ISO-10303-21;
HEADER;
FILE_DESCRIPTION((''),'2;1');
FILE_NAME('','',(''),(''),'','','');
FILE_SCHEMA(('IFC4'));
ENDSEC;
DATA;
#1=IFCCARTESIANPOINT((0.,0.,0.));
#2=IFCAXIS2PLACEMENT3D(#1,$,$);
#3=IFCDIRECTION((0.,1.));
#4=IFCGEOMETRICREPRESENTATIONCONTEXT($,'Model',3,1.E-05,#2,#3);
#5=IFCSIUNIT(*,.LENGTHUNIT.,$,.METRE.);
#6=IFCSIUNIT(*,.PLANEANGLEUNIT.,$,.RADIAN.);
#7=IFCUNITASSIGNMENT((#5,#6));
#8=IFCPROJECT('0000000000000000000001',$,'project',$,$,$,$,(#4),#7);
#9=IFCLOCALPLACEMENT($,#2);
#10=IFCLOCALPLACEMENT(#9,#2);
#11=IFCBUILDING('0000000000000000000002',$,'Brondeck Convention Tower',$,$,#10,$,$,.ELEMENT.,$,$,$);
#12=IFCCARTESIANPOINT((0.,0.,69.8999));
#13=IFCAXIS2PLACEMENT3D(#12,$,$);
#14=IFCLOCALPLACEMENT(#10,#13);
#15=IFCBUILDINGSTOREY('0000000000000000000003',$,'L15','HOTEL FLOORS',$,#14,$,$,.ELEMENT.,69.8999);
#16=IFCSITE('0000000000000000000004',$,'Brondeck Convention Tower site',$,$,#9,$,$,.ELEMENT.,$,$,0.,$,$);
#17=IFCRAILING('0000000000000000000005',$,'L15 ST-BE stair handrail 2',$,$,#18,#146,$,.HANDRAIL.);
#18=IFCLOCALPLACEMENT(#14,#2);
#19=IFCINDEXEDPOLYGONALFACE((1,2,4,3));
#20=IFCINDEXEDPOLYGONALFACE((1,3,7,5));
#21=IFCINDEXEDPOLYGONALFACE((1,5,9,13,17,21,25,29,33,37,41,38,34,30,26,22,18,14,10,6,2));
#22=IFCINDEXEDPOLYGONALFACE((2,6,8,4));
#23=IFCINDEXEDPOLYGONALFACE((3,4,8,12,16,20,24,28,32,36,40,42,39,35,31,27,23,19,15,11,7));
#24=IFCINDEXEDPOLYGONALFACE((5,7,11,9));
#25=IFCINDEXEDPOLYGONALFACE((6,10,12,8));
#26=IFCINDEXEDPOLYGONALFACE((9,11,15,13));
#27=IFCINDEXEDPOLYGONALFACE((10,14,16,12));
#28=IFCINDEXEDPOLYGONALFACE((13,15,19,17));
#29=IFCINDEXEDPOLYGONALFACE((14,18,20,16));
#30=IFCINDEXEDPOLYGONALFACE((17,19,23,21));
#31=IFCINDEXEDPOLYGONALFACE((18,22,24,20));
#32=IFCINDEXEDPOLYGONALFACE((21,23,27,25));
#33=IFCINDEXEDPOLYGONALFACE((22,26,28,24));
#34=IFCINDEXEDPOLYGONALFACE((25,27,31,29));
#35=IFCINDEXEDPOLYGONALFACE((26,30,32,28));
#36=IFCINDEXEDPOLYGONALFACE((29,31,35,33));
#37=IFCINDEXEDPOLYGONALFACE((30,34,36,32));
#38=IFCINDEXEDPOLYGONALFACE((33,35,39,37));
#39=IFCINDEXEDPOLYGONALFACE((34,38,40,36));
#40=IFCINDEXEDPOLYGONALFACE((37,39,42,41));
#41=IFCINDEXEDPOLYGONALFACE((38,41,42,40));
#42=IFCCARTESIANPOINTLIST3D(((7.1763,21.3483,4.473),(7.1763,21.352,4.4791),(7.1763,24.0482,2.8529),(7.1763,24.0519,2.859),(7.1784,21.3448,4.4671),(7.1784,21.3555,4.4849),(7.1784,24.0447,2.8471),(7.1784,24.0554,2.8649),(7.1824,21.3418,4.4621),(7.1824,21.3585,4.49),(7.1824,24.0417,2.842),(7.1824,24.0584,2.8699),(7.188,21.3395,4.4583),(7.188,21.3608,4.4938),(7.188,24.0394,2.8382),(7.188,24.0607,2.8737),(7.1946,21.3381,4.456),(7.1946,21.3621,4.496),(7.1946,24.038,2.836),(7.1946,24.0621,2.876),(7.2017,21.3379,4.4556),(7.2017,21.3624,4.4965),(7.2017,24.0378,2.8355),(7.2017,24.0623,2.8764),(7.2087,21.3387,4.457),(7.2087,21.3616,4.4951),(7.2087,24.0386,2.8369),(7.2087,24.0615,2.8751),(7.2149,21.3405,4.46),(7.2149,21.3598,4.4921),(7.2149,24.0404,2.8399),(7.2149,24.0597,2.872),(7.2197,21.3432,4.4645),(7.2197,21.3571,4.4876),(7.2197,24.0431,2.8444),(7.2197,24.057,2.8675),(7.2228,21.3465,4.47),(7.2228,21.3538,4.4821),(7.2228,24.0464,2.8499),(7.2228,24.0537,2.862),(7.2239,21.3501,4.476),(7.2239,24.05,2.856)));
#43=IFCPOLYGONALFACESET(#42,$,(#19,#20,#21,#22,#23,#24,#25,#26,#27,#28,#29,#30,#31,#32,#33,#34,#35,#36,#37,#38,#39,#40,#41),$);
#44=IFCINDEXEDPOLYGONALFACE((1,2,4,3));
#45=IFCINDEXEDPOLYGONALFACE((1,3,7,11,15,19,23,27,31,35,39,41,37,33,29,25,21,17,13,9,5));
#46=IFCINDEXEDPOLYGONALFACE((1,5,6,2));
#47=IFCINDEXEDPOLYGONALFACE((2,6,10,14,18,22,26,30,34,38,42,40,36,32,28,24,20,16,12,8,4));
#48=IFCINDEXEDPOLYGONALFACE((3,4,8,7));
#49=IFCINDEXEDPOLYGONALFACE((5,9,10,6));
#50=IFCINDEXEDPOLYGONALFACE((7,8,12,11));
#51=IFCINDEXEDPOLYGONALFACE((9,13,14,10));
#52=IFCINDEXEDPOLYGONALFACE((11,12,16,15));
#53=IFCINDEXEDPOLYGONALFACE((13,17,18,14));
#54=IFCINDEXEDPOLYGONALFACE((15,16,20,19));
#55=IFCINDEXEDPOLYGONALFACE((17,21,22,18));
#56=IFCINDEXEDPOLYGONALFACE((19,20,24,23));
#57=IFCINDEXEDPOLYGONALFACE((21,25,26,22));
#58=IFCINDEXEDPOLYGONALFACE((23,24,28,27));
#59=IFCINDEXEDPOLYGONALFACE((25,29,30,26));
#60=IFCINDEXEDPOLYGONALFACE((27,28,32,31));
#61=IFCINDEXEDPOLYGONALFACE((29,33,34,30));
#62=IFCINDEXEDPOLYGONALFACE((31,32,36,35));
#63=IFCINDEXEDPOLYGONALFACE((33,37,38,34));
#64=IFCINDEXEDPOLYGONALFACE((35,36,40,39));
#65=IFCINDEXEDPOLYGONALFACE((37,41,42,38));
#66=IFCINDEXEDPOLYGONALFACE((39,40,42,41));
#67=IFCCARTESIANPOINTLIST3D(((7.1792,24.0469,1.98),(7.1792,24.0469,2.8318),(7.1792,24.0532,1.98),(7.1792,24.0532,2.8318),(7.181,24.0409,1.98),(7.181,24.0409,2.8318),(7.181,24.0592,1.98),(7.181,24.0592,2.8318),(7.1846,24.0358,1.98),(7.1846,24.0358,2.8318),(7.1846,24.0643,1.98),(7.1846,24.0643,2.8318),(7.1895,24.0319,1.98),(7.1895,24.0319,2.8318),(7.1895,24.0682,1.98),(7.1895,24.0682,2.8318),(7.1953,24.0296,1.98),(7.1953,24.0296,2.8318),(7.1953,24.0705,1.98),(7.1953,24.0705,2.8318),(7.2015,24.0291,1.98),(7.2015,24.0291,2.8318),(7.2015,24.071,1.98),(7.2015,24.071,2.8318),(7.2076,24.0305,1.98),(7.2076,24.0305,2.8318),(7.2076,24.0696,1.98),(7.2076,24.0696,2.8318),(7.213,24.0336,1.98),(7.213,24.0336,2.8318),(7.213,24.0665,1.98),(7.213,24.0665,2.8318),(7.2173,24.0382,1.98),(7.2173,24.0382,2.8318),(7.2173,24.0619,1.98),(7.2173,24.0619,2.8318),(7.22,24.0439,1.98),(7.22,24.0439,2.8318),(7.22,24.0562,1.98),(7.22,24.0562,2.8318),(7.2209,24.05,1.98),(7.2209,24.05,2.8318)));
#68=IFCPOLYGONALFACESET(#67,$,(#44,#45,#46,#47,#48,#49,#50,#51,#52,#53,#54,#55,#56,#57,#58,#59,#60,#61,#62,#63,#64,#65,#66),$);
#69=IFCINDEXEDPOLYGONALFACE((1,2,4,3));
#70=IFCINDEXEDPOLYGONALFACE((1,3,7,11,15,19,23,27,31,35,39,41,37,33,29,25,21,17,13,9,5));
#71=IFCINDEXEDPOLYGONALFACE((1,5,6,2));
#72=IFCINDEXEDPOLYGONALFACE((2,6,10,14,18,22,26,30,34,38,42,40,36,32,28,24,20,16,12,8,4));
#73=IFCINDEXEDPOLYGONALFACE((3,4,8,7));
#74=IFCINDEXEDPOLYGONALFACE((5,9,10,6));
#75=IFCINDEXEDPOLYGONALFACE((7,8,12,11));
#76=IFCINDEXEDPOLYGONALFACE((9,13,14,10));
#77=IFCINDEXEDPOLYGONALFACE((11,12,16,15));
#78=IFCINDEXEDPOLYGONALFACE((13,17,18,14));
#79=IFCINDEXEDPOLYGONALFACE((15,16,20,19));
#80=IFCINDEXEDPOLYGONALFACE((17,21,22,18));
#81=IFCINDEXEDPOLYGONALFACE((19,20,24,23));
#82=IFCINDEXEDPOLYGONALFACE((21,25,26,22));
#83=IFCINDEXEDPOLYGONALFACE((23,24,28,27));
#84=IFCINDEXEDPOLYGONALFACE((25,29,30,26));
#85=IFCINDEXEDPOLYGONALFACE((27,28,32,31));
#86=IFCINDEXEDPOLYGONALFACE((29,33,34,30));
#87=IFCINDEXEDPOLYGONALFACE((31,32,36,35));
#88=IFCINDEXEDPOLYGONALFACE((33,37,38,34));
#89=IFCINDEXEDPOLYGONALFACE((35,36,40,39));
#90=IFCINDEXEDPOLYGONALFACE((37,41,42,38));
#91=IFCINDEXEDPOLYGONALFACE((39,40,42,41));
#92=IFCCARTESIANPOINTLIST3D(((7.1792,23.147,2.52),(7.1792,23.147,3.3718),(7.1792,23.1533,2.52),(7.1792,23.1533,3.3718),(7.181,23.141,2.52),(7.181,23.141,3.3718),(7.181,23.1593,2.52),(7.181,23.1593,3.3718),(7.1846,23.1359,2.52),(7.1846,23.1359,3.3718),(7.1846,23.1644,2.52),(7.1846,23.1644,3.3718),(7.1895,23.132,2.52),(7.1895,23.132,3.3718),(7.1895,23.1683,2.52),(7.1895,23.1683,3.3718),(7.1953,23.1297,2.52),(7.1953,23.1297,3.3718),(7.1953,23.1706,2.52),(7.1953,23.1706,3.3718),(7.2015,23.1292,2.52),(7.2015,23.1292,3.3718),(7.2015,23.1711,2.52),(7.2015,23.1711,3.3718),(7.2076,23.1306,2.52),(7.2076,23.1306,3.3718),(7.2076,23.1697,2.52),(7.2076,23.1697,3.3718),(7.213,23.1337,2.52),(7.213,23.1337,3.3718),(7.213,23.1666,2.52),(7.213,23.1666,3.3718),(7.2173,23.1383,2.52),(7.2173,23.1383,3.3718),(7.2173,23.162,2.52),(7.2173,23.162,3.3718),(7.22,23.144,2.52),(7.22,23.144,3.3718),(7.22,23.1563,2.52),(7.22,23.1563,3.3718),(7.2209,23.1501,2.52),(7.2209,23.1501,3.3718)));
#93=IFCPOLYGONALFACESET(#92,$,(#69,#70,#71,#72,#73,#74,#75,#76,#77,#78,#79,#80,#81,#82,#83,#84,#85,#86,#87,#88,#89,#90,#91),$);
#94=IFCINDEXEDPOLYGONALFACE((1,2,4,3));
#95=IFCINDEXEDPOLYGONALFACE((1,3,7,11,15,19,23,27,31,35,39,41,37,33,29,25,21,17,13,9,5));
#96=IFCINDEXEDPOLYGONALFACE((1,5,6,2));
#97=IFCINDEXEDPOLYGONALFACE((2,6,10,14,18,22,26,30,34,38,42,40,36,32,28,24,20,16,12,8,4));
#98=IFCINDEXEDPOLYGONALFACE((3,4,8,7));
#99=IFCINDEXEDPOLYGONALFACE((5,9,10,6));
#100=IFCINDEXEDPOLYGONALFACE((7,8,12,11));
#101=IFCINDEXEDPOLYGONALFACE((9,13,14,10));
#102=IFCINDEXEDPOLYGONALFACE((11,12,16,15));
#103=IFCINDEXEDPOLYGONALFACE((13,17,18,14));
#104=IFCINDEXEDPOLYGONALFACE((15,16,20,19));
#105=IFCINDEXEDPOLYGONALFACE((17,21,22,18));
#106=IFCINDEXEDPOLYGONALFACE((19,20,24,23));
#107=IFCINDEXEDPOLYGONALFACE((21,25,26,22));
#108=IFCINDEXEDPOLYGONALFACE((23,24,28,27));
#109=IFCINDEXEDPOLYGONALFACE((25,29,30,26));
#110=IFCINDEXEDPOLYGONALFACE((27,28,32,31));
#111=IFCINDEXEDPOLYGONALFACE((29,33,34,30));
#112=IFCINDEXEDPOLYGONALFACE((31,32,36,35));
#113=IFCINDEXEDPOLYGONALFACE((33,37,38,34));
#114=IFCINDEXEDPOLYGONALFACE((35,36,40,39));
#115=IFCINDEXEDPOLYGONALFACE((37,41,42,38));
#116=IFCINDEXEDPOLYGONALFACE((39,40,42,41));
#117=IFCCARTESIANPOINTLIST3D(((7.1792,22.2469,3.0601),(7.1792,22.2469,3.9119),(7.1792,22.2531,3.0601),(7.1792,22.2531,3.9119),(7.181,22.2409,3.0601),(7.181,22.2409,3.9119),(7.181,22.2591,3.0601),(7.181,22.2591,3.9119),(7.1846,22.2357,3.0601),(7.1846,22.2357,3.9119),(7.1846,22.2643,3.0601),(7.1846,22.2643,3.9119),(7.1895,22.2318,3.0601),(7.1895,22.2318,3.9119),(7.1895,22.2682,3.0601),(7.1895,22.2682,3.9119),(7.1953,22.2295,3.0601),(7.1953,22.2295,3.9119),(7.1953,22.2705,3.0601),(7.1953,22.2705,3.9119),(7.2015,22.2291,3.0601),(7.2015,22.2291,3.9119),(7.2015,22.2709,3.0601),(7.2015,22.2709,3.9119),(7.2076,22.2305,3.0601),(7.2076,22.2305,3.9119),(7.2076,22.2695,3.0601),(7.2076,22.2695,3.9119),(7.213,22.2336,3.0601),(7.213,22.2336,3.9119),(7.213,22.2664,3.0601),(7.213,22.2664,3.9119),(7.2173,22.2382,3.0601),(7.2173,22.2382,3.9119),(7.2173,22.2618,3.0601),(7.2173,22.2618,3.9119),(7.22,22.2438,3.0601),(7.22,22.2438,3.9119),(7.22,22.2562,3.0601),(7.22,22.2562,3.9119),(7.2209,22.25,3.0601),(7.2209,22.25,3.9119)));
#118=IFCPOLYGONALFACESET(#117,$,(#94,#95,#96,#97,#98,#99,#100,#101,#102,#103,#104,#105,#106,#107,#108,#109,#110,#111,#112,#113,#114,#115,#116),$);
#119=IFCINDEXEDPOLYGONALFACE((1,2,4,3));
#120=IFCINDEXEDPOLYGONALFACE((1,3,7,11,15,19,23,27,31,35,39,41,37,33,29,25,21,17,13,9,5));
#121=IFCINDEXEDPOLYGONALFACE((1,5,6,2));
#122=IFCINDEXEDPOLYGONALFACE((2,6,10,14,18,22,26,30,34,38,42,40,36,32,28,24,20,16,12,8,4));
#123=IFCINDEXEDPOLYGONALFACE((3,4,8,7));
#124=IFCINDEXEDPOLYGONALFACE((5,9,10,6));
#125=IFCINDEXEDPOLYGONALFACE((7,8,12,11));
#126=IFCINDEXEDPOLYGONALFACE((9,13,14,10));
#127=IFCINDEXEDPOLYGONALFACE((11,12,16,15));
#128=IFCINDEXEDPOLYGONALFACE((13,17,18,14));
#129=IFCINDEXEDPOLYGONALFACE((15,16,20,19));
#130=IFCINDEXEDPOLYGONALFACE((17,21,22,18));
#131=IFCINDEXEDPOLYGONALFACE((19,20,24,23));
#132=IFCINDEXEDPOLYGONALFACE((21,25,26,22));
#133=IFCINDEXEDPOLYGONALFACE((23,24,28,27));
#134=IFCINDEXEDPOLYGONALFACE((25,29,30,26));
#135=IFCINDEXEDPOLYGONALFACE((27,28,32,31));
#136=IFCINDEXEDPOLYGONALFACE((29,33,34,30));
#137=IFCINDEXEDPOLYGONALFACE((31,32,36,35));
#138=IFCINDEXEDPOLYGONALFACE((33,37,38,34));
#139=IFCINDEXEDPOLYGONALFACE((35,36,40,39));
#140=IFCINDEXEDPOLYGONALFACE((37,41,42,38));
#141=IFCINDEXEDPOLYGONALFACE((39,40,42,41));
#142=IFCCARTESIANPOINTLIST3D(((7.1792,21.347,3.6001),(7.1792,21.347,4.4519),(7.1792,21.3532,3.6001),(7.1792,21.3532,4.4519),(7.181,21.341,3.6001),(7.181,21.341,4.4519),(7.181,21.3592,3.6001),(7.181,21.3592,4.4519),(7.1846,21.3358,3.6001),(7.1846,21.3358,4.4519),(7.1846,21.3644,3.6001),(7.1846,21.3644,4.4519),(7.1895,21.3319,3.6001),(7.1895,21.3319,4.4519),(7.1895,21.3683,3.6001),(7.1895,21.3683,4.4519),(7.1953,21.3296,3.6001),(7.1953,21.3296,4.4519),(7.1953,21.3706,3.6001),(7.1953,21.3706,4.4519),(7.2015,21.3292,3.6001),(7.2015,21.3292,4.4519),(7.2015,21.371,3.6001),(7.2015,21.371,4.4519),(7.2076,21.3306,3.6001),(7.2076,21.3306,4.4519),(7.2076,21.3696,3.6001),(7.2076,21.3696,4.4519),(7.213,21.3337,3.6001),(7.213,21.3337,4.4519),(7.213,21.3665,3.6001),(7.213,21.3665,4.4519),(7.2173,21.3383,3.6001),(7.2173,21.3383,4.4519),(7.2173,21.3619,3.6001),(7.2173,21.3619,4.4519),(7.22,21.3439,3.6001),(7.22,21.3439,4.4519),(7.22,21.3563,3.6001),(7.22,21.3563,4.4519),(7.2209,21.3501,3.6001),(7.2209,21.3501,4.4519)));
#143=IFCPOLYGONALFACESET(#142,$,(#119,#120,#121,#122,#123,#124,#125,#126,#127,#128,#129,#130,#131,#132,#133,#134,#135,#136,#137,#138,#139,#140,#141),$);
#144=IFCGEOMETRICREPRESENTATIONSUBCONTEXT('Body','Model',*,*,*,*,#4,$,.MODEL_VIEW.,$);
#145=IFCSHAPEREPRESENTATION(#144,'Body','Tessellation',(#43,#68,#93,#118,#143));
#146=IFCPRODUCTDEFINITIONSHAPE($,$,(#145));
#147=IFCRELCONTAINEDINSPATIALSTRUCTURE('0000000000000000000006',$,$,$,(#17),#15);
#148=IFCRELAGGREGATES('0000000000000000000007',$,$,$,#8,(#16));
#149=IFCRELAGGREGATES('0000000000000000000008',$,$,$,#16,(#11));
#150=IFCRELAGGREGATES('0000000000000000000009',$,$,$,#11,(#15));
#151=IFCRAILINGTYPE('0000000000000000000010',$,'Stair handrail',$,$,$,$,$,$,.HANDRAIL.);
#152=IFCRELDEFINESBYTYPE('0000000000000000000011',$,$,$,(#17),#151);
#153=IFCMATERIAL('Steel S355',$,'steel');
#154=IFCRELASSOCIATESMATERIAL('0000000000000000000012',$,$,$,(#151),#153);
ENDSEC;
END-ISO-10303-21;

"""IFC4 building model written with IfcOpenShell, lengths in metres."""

from ifc_helpers import new_model, si_unit, direction, frame, origin, origin_2d, place, context, subcontext, project, spatial, circle, extrude, material, type_object, element, save


model = new_model("IFC4")

# Units and contexts
model_context = context("Model", 3, precision=1e-05, world=origin(), true_north=direction((0.0, 1.0)))
body_context = subcontext(model_context, "Body", "Model", "MODEL_VIEW")
ifc_project = project(units=[si_unit("LENGTHUNIT", "METRE"), si_unit("PLANEANGLEUNIT", "RADIAN")], contexts=[model_context])

# Site, building, storey
site_placement = place(None, origin())
site = spatial("IfcSite", under=ifc_project, at=site_placement, Name="Brondeck Convention Tower site", CompositionType="ELEMENT", RefElevation=0.0)
building_placement = place(site_placement, origin())
building = spatial("IfcBuilding", under=site, at=building_placement, Name="Brondeck Convention Tower", CompositionType="ELEMENT")
storey_placement = place(building_placement, frame((0.0, 0.0, 69.8999)))
storey = spatial("IfcBuildingStorey", under=building, at=storey_placement, Name="L15", Description="HOTEL FLOORS", CompositionType="ELEMENT", Elevation=69.8999)

# Shared definitions
ifc_material_1 = material(Name="Steel S355", Category="steel")

# Railing
railing_type_1 = type_object("IfcRailingType", Name="Stair handrail", PredefinedType="HANDRAIL", material=ifc_material_1)
railing_1_placement = place(storey_placement, frame((7.2, 24.05, 1.98)))
element("IfcRailing", 1, at=railing_1_placement, inside=storey, type_object=railing_type_1, Name="L15 ST-BE stair handrail 2", PredefinedType="HANDRAIL", context=body_context, shape_type="SweptSolid", body=[
    extrude(circle(Radius=0.0239, at=origin_2d()), frame((0.0, 0.0, 0.876), z_axis=(0.0, -0.857472, 0.51453), x_axis=(1.0, 0.0, 0.0)), (0.0, 0.0, 1.0), 3.1487),
    extrude(circle(Radius=0.021, at=origin_2d()), origin(), (0.0, 0.0, 1.0), 0.8518),
    extrude(circle(Radius=0.021, at=origin_2d()), frame((0.0, -0.8999, 0.54)), (0.0, 0.0, 1.0), 0.8518),
    extrude(circle(Radius=0.021, at=origin_2d()), frame((0.0, -1.8, 1.0801)), (0.0, 0.0, 1.0), 0.8518),
    extrude(circle(Radius=0.021, at=origin_2d()), frame((0.0, -2.7, 1.6201)), (0.0, 0.0, 1.0), 0.8518),
])

save(model, "model.ifc")
